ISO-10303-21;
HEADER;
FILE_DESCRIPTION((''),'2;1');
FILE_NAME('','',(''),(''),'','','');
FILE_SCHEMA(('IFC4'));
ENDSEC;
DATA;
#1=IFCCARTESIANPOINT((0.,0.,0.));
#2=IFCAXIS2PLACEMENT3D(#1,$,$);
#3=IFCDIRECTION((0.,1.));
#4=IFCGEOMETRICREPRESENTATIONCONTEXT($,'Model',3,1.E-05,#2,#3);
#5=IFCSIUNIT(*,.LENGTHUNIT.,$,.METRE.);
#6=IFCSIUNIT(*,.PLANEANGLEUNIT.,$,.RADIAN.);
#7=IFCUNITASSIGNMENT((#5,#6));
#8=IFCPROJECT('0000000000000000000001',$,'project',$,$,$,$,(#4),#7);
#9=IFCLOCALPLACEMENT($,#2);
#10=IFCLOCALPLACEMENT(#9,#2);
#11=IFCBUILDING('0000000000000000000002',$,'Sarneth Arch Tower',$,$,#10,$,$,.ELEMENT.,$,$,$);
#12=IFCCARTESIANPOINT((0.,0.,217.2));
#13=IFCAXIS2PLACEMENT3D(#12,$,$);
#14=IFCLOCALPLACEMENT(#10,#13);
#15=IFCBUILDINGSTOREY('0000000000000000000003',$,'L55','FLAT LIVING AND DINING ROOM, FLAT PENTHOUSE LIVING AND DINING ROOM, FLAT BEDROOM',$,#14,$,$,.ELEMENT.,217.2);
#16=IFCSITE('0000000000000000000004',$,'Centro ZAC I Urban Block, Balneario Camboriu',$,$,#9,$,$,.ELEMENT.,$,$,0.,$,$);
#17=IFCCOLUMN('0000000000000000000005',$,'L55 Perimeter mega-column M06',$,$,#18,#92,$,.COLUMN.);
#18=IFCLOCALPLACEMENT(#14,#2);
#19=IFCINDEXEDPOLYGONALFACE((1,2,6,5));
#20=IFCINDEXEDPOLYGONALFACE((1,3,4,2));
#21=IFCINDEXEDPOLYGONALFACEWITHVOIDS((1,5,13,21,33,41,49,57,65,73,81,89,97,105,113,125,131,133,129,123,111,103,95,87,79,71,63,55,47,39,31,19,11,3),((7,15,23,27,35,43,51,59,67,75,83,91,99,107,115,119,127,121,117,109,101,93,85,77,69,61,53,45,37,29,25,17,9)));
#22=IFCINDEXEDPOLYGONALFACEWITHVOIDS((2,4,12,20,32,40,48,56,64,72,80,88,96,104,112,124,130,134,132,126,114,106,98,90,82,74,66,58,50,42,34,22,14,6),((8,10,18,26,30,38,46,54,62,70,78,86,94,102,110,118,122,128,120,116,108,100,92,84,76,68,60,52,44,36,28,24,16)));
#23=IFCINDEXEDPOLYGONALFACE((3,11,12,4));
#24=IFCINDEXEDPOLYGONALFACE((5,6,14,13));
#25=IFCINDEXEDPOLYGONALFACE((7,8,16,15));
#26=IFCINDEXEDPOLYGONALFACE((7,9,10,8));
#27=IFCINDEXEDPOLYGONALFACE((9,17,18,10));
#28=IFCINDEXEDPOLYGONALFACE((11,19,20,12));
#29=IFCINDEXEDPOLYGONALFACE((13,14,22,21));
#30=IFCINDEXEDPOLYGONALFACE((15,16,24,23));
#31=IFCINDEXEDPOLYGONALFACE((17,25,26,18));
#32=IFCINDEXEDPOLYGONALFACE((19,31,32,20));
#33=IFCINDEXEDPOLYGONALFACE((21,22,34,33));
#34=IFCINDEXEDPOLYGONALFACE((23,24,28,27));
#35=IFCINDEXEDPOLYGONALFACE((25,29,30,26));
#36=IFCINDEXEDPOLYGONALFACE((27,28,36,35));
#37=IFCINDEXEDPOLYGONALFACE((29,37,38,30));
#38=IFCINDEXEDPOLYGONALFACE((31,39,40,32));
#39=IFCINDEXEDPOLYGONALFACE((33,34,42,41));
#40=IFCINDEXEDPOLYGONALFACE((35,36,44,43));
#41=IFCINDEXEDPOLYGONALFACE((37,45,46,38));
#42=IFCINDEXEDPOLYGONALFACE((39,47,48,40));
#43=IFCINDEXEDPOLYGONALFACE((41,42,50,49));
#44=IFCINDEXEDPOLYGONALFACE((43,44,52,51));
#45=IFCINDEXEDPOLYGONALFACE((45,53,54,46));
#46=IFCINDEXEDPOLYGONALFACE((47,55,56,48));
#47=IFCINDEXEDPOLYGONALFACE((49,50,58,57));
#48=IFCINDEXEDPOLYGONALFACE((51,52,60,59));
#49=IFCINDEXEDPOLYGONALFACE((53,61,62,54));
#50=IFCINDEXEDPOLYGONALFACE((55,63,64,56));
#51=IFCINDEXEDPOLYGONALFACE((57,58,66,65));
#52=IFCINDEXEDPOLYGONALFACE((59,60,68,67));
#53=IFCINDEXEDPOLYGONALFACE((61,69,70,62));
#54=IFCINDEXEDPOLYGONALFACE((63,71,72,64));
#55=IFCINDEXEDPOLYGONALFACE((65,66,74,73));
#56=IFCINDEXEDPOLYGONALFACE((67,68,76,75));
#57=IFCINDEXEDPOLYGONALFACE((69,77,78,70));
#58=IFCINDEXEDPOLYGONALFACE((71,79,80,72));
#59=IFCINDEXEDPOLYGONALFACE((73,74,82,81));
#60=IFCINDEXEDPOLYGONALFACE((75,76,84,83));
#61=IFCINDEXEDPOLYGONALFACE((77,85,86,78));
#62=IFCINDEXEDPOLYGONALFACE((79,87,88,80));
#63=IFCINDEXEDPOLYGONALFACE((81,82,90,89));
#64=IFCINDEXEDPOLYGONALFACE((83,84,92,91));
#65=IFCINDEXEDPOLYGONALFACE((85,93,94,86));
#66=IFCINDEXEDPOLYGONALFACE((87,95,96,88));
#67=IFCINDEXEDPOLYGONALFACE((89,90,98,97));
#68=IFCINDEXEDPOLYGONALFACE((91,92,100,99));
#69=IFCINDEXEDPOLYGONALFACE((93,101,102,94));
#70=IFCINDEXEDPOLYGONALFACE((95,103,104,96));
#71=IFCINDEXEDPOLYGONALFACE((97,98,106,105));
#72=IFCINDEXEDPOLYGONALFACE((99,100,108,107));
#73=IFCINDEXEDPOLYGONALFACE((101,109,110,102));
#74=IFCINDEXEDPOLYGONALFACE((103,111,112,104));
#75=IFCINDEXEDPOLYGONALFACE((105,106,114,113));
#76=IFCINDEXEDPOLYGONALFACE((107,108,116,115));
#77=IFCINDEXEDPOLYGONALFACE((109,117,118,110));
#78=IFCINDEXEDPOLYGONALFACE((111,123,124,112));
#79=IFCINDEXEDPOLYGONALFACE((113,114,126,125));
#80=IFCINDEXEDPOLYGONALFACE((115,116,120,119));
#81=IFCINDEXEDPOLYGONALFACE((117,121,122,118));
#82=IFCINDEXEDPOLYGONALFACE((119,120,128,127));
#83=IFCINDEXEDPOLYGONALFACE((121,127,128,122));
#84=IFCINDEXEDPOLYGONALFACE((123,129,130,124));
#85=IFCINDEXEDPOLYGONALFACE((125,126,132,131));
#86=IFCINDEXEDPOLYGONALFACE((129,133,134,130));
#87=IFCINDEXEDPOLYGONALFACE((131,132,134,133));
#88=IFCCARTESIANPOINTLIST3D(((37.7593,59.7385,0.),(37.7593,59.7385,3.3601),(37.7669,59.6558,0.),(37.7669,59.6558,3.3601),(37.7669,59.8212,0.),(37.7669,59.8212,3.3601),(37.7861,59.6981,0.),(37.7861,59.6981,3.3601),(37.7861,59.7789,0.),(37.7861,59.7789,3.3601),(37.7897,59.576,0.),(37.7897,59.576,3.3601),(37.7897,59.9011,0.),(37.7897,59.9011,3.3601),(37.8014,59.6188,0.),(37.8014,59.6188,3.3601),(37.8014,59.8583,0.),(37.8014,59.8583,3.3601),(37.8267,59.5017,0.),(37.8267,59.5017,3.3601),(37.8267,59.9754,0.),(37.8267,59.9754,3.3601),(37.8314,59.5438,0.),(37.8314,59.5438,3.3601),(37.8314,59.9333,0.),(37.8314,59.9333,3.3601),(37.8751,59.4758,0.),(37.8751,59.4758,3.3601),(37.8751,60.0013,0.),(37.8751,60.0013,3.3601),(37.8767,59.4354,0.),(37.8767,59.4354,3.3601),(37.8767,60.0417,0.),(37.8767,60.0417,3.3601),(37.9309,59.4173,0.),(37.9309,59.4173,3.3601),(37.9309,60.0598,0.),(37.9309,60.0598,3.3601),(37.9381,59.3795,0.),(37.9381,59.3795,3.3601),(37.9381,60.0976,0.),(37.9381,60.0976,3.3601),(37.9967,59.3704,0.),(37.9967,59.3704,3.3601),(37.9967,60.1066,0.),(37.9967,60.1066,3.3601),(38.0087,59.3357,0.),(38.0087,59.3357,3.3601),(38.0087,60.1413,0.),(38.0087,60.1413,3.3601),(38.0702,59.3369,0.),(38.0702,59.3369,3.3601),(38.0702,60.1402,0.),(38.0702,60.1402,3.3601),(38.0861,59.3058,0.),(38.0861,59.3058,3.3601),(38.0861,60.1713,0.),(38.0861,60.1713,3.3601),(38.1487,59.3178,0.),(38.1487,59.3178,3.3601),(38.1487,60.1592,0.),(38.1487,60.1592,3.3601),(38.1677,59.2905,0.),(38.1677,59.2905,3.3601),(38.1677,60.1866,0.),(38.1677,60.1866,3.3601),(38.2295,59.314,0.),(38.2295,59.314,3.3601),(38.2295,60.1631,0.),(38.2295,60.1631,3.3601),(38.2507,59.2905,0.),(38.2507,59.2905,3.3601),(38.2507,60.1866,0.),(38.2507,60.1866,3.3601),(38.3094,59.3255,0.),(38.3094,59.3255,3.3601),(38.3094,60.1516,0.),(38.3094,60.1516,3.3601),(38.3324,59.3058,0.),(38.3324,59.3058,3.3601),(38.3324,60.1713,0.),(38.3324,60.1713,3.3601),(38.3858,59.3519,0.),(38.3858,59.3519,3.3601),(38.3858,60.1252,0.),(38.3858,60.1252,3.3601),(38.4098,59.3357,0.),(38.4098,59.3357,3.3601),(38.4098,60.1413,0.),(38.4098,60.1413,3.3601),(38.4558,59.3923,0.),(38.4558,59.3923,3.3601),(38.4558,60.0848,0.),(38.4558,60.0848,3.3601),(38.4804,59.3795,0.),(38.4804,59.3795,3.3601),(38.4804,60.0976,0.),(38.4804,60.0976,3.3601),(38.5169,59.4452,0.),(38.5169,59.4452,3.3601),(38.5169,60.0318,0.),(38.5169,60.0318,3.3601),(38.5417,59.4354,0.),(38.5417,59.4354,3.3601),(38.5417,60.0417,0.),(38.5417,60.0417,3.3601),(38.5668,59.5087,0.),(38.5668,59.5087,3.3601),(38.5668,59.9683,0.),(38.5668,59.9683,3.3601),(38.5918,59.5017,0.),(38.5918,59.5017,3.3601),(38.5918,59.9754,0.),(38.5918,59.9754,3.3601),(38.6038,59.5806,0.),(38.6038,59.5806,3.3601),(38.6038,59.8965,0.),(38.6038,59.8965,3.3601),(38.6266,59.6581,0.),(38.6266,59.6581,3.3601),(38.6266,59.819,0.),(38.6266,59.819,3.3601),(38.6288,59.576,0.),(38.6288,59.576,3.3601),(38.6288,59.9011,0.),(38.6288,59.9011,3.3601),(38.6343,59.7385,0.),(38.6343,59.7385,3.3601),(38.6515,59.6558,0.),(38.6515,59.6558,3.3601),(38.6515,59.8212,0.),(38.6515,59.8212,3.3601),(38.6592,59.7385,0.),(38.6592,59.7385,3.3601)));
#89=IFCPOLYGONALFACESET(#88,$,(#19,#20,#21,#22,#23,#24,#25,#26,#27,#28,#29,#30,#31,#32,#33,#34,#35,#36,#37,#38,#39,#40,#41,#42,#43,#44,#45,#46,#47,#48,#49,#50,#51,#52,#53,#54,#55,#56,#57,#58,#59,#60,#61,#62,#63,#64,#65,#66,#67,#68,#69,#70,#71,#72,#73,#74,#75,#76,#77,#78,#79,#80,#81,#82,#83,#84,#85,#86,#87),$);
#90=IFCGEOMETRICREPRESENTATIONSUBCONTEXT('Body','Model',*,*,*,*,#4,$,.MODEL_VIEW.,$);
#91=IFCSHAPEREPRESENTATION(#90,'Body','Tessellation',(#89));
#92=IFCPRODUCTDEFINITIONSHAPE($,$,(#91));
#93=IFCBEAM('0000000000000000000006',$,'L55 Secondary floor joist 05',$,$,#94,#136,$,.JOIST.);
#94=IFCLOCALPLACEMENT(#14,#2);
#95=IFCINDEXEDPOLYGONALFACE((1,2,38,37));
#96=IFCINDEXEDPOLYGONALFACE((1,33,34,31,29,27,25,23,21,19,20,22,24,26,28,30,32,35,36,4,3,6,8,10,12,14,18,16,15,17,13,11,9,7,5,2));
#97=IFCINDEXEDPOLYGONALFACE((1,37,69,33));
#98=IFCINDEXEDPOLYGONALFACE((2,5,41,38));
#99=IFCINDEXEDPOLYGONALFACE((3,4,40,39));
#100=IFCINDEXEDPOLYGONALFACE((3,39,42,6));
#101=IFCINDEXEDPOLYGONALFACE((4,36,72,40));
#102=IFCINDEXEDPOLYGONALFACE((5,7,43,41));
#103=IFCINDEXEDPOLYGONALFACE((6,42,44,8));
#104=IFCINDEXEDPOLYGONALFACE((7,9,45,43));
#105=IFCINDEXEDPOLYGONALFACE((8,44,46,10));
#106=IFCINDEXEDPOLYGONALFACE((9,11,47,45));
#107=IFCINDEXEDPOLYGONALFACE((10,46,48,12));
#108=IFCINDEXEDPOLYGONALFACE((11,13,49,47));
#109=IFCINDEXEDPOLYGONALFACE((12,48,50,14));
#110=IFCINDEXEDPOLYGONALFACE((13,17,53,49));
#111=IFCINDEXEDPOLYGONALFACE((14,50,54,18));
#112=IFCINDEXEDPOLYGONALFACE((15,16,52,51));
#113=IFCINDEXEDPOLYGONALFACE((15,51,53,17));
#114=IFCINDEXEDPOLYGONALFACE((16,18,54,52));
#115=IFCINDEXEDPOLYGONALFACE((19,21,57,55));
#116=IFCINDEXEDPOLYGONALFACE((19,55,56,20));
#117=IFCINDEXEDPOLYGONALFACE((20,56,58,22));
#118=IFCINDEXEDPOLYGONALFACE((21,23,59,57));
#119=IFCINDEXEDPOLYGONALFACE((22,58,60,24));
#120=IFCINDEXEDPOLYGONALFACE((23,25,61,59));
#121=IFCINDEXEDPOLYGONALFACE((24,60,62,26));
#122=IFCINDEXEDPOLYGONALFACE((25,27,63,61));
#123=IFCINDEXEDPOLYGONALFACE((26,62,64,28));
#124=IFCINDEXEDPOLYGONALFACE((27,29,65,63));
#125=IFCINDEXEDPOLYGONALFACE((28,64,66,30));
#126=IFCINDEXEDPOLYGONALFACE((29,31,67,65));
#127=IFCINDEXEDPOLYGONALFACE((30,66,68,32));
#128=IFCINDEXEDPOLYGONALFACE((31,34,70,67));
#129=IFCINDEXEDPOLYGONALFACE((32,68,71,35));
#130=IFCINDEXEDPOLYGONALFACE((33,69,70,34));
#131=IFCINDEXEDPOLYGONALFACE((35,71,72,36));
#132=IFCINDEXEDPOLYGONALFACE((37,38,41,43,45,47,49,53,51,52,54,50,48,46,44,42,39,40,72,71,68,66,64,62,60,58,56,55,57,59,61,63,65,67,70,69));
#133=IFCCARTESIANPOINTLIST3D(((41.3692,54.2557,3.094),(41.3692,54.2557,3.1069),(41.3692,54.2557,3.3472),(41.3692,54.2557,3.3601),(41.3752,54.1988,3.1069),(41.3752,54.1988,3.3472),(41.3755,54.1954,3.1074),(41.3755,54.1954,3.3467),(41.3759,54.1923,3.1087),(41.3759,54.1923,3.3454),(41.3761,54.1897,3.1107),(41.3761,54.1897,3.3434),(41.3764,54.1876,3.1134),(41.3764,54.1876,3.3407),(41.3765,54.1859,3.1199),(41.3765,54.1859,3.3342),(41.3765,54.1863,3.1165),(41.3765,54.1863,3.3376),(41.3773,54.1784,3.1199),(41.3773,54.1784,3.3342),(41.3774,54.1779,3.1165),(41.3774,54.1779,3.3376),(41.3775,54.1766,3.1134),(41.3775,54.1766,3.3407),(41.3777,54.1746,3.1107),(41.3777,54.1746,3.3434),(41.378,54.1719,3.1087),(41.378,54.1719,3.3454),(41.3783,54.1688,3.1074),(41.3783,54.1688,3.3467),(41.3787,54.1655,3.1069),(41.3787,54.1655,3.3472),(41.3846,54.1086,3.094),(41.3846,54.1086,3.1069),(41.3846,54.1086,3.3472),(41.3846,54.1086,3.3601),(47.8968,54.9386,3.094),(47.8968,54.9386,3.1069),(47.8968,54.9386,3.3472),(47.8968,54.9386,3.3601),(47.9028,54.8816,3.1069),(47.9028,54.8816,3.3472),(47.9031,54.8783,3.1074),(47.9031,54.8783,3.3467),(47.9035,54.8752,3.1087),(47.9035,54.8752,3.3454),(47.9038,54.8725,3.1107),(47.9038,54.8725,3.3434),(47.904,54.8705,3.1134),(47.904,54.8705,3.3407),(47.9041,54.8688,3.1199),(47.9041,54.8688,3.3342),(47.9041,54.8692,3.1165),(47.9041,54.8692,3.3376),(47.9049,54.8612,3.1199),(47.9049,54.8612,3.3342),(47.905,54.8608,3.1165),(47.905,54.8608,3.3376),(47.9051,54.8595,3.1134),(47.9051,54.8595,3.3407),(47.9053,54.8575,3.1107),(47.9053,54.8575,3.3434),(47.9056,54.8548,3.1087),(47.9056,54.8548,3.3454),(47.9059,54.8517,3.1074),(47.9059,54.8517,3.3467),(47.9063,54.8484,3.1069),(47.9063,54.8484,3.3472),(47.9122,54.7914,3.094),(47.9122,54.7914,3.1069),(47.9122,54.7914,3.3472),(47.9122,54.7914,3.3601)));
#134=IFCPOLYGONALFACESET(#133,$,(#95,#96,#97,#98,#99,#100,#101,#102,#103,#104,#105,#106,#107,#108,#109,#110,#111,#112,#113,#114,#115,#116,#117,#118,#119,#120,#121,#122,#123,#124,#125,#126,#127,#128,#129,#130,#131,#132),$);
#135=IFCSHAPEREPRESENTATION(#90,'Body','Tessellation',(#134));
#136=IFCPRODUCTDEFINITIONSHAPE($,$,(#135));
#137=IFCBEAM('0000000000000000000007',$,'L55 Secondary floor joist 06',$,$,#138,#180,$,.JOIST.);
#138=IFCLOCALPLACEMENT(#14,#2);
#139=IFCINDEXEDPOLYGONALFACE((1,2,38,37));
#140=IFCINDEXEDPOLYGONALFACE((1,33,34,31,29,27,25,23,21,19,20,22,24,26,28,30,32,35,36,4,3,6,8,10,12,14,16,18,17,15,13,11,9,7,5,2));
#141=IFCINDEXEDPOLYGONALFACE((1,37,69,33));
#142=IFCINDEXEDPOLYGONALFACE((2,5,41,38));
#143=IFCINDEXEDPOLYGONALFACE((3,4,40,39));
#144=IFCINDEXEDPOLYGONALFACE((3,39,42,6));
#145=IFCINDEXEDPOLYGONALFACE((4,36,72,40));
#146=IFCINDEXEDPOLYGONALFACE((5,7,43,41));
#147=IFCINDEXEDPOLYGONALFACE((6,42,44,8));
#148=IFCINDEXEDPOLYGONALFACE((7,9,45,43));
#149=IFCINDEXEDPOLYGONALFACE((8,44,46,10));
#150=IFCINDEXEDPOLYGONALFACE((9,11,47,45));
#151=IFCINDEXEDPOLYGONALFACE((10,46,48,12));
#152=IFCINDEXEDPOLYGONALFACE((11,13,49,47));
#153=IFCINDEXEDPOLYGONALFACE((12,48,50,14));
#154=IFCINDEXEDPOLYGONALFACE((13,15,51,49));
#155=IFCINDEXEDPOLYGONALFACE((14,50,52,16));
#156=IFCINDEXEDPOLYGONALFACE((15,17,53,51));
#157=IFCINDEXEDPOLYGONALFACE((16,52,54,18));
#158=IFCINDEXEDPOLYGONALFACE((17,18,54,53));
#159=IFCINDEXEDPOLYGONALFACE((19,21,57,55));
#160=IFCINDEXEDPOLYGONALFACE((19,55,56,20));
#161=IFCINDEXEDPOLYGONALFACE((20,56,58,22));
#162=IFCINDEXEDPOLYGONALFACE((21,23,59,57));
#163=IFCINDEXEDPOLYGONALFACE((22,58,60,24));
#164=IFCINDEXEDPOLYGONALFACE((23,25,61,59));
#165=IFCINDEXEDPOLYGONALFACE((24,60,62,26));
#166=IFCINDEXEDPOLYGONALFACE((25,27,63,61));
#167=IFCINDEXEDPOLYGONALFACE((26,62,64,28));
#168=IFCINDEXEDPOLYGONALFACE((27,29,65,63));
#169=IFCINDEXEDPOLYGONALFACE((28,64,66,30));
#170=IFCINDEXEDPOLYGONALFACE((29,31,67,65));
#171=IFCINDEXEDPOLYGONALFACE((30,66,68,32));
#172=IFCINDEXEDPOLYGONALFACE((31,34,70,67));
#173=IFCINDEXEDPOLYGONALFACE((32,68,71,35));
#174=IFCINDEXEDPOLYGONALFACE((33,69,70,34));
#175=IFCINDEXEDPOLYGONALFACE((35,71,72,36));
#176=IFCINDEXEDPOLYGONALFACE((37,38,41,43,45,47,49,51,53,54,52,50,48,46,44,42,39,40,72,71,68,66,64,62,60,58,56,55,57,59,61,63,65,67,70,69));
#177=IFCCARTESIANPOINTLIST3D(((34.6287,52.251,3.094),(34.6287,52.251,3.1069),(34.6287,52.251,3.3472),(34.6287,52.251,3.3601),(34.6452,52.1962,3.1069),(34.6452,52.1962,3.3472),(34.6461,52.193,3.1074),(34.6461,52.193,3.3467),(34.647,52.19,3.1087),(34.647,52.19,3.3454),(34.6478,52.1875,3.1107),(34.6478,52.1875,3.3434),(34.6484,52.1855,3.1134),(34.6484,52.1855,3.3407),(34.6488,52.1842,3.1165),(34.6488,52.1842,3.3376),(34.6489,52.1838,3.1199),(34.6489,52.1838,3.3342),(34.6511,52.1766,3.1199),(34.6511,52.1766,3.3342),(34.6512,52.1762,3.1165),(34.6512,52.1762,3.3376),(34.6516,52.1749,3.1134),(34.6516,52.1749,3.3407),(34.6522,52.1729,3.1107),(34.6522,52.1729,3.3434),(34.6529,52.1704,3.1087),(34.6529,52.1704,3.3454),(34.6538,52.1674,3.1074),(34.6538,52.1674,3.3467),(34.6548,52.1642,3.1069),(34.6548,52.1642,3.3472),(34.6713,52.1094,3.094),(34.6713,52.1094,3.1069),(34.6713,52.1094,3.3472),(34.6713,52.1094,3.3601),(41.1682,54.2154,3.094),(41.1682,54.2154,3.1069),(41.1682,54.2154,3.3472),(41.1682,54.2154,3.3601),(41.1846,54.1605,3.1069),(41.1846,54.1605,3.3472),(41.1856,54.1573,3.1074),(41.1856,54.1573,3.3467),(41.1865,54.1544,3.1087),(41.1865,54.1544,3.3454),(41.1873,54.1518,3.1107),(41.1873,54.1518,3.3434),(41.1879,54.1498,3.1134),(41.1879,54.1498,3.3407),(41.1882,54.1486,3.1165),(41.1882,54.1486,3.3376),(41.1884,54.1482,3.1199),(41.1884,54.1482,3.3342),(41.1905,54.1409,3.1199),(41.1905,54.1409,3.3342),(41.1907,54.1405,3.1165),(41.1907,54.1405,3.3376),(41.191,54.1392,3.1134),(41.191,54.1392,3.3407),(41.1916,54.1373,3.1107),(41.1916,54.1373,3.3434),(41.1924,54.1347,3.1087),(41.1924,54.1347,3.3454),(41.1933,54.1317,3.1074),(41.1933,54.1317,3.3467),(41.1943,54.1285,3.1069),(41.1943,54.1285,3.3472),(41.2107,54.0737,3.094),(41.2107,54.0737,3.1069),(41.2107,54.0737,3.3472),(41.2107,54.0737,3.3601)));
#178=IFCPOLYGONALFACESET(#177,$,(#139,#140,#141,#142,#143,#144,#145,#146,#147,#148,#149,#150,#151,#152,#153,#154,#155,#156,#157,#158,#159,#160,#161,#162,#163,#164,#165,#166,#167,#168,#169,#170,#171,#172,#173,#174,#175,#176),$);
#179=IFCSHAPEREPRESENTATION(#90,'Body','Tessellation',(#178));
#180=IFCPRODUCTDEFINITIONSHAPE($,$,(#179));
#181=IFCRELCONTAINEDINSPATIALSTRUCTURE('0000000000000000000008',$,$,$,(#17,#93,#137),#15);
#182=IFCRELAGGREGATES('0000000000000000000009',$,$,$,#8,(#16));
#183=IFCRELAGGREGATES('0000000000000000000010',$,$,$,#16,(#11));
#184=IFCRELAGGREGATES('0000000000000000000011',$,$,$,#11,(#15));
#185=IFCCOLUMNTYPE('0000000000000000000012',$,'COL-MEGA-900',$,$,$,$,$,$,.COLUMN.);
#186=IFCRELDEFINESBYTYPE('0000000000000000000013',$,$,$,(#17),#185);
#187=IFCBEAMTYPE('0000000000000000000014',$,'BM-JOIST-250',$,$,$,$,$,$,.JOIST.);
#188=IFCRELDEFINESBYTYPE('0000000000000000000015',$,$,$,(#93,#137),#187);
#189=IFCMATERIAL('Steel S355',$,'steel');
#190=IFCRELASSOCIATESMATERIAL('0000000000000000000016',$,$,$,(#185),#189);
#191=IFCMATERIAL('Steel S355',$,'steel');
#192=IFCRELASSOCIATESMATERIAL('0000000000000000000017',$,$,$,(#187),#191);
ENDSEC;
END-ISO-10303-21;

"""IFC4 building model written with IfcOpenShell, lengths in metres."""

from ifc_helpers import new_model, si_unit, direction, frame, origin, origin_2d, place, context, subcontext, project, spatial, hollow_circle, i_section, extrude, material, material_profile, profile_set, type_object, element, save


model = new_model("IFC4")

# Units and contexts
model_context = context("Model", 3, precision=1e-05, world=origin(), true_north=direction((0.0, 1.0)))
body_context = subcontext(model_context, "Body", "Model", "MODEL_VIEW")
ifc_project = project(units=[si_unit("LENGTHUNIT", "METRE"), si_unit("PLANEANGLEUNIT", "RADIAN")], contexts=[model_context])

# Site, building, storey
site_placement = place(None, origin())
site = spatial("IfcSite", under=ifc_project, at=site_placement, Name="Centro ZAC I Urban Block, Balneario Camboriu", CompositionType="ELEMENT", RefElevation=0.0)
building_placement = place(site_placement, origin())
building = spatial("IfcBuilding", under=site, at=building_placement, Name="Sarneth Arch Tower", CompositionType="ELEMENT")
storey_placement = place(building_placement, frame((0.0, 0.0, 217.2)))
storey = spatial("IfcBuildingStorey", under=building, at=storey_placement, Name="L55", Description="FLAT LIVING AND DINING ROOM, FLAT PENTHOUSE LIVING AND DINING ROOM, FLAT BEDROOM", CompositionType="ELEMENT", Elevation=217.2)

# Column
ifc_material_1 = material(Name="Steel S355", Category="steel")
ifc_material_profile_1 = material_profile(ifc_material_1, hollow_circle(Radius=0.45, WallThickness=0.0249, at=origin_2d()), Name="CHS900x25")
ifc_profile_set_1 = profile_set([ifc_material_profile_1], Name="Steel S355")
column_type = type_object("IfcColumnType", Name="COL-MEGA-900", PredefinedType="COLUMN", material=ifc_profile_set_1)
column_placement = place(storey_placement, frame((38.2092, 59.7385, 0.0), z_axis=(0.0, 0.0, 1.0), x_axis=(1.0, 0.0, 0.0)))
element("IfcColumn", 1, at=column_placement, inside=storey, type_object=column_type, Name="L55 Perimeter mega-column M06", PredefinedType="COLUMN", context=body_context, shape_type="SweptSolid", body=[
    extrude(hollow_circle(Radius=0.45, WallThickness=0.0249, at=origin_2d()), origin(), (0.0, 0.0, 1.0), 3.3601),
])

# Beams
ifc_material_2 = material(Name="Steel S355", Category="steel")
ifc_material_profile_2 = material_profile(ifc_material_2, i_section(OverallWidth=0.1479, OverallDepth=0.2661, WebThickness=0.0076, FlangeThickness=0.0129, FilletRadius=0.0129, at=origin_2d()), Name="W250x44.8")
ifc_profile_set_2 = profile_set([ifc_material_profile_2], Name="Steel S355")
beam_type_1 = type_object("IfcBeamType", Name="BM-JOIST-250", PredefinedType="JOIST", material=ifc_profile_set_2)
beam_1_placement = place(storey_placement, frame((47.9045, 54.865, 3.2271), z_axis=(-0.994573, -0.104044, 0.0), x_axis=(0.104044, -0.994573, 0.0)))
element("IfcBeam", 2, at=beam_1_placement, inside=storey, type_object=beam_type_1, Name="L55 Secondary floor joist 05", PredefinedType="JOIST", context=body_context, shape_type="SweptSolid", body=[
    extrude(i_section(OverallWidth=0.1479, OverallDepth=0.2661, WebThickness=0.0076, FlangeThickness=0.0129, FilletRadius=0.0129, at=origin_2d()), origin(), (0.0, 0.0, 1.0), 6.5632),
])
beam_2_placement = place(storey_placement, frame((41.1895, 54.1445, 3.2271), z_axis=(-0.957726, -0.287682, 0.0), x_axis=(0.287682, -0.957726, 0.0)))
element("IfcBeam", 3, at=beam_2_placement, inside=storey, type_object=beam_type_1, Name="L55 Secondary floor joist 06", PredefinedType="JOIST", context=body_context, shape_type="SweptSolid", body=[
    extrude(i_section(OverallWidth=0.1479, OverallDepth=0.2661, WebThickness=0.0076, FlangeThickness=0.0129, FilletRadius=0.0129, at=origin_2d()), origin(), (0.0, 0.0, 1.0), 6.8281),
])

save(model, "model.ifc")
